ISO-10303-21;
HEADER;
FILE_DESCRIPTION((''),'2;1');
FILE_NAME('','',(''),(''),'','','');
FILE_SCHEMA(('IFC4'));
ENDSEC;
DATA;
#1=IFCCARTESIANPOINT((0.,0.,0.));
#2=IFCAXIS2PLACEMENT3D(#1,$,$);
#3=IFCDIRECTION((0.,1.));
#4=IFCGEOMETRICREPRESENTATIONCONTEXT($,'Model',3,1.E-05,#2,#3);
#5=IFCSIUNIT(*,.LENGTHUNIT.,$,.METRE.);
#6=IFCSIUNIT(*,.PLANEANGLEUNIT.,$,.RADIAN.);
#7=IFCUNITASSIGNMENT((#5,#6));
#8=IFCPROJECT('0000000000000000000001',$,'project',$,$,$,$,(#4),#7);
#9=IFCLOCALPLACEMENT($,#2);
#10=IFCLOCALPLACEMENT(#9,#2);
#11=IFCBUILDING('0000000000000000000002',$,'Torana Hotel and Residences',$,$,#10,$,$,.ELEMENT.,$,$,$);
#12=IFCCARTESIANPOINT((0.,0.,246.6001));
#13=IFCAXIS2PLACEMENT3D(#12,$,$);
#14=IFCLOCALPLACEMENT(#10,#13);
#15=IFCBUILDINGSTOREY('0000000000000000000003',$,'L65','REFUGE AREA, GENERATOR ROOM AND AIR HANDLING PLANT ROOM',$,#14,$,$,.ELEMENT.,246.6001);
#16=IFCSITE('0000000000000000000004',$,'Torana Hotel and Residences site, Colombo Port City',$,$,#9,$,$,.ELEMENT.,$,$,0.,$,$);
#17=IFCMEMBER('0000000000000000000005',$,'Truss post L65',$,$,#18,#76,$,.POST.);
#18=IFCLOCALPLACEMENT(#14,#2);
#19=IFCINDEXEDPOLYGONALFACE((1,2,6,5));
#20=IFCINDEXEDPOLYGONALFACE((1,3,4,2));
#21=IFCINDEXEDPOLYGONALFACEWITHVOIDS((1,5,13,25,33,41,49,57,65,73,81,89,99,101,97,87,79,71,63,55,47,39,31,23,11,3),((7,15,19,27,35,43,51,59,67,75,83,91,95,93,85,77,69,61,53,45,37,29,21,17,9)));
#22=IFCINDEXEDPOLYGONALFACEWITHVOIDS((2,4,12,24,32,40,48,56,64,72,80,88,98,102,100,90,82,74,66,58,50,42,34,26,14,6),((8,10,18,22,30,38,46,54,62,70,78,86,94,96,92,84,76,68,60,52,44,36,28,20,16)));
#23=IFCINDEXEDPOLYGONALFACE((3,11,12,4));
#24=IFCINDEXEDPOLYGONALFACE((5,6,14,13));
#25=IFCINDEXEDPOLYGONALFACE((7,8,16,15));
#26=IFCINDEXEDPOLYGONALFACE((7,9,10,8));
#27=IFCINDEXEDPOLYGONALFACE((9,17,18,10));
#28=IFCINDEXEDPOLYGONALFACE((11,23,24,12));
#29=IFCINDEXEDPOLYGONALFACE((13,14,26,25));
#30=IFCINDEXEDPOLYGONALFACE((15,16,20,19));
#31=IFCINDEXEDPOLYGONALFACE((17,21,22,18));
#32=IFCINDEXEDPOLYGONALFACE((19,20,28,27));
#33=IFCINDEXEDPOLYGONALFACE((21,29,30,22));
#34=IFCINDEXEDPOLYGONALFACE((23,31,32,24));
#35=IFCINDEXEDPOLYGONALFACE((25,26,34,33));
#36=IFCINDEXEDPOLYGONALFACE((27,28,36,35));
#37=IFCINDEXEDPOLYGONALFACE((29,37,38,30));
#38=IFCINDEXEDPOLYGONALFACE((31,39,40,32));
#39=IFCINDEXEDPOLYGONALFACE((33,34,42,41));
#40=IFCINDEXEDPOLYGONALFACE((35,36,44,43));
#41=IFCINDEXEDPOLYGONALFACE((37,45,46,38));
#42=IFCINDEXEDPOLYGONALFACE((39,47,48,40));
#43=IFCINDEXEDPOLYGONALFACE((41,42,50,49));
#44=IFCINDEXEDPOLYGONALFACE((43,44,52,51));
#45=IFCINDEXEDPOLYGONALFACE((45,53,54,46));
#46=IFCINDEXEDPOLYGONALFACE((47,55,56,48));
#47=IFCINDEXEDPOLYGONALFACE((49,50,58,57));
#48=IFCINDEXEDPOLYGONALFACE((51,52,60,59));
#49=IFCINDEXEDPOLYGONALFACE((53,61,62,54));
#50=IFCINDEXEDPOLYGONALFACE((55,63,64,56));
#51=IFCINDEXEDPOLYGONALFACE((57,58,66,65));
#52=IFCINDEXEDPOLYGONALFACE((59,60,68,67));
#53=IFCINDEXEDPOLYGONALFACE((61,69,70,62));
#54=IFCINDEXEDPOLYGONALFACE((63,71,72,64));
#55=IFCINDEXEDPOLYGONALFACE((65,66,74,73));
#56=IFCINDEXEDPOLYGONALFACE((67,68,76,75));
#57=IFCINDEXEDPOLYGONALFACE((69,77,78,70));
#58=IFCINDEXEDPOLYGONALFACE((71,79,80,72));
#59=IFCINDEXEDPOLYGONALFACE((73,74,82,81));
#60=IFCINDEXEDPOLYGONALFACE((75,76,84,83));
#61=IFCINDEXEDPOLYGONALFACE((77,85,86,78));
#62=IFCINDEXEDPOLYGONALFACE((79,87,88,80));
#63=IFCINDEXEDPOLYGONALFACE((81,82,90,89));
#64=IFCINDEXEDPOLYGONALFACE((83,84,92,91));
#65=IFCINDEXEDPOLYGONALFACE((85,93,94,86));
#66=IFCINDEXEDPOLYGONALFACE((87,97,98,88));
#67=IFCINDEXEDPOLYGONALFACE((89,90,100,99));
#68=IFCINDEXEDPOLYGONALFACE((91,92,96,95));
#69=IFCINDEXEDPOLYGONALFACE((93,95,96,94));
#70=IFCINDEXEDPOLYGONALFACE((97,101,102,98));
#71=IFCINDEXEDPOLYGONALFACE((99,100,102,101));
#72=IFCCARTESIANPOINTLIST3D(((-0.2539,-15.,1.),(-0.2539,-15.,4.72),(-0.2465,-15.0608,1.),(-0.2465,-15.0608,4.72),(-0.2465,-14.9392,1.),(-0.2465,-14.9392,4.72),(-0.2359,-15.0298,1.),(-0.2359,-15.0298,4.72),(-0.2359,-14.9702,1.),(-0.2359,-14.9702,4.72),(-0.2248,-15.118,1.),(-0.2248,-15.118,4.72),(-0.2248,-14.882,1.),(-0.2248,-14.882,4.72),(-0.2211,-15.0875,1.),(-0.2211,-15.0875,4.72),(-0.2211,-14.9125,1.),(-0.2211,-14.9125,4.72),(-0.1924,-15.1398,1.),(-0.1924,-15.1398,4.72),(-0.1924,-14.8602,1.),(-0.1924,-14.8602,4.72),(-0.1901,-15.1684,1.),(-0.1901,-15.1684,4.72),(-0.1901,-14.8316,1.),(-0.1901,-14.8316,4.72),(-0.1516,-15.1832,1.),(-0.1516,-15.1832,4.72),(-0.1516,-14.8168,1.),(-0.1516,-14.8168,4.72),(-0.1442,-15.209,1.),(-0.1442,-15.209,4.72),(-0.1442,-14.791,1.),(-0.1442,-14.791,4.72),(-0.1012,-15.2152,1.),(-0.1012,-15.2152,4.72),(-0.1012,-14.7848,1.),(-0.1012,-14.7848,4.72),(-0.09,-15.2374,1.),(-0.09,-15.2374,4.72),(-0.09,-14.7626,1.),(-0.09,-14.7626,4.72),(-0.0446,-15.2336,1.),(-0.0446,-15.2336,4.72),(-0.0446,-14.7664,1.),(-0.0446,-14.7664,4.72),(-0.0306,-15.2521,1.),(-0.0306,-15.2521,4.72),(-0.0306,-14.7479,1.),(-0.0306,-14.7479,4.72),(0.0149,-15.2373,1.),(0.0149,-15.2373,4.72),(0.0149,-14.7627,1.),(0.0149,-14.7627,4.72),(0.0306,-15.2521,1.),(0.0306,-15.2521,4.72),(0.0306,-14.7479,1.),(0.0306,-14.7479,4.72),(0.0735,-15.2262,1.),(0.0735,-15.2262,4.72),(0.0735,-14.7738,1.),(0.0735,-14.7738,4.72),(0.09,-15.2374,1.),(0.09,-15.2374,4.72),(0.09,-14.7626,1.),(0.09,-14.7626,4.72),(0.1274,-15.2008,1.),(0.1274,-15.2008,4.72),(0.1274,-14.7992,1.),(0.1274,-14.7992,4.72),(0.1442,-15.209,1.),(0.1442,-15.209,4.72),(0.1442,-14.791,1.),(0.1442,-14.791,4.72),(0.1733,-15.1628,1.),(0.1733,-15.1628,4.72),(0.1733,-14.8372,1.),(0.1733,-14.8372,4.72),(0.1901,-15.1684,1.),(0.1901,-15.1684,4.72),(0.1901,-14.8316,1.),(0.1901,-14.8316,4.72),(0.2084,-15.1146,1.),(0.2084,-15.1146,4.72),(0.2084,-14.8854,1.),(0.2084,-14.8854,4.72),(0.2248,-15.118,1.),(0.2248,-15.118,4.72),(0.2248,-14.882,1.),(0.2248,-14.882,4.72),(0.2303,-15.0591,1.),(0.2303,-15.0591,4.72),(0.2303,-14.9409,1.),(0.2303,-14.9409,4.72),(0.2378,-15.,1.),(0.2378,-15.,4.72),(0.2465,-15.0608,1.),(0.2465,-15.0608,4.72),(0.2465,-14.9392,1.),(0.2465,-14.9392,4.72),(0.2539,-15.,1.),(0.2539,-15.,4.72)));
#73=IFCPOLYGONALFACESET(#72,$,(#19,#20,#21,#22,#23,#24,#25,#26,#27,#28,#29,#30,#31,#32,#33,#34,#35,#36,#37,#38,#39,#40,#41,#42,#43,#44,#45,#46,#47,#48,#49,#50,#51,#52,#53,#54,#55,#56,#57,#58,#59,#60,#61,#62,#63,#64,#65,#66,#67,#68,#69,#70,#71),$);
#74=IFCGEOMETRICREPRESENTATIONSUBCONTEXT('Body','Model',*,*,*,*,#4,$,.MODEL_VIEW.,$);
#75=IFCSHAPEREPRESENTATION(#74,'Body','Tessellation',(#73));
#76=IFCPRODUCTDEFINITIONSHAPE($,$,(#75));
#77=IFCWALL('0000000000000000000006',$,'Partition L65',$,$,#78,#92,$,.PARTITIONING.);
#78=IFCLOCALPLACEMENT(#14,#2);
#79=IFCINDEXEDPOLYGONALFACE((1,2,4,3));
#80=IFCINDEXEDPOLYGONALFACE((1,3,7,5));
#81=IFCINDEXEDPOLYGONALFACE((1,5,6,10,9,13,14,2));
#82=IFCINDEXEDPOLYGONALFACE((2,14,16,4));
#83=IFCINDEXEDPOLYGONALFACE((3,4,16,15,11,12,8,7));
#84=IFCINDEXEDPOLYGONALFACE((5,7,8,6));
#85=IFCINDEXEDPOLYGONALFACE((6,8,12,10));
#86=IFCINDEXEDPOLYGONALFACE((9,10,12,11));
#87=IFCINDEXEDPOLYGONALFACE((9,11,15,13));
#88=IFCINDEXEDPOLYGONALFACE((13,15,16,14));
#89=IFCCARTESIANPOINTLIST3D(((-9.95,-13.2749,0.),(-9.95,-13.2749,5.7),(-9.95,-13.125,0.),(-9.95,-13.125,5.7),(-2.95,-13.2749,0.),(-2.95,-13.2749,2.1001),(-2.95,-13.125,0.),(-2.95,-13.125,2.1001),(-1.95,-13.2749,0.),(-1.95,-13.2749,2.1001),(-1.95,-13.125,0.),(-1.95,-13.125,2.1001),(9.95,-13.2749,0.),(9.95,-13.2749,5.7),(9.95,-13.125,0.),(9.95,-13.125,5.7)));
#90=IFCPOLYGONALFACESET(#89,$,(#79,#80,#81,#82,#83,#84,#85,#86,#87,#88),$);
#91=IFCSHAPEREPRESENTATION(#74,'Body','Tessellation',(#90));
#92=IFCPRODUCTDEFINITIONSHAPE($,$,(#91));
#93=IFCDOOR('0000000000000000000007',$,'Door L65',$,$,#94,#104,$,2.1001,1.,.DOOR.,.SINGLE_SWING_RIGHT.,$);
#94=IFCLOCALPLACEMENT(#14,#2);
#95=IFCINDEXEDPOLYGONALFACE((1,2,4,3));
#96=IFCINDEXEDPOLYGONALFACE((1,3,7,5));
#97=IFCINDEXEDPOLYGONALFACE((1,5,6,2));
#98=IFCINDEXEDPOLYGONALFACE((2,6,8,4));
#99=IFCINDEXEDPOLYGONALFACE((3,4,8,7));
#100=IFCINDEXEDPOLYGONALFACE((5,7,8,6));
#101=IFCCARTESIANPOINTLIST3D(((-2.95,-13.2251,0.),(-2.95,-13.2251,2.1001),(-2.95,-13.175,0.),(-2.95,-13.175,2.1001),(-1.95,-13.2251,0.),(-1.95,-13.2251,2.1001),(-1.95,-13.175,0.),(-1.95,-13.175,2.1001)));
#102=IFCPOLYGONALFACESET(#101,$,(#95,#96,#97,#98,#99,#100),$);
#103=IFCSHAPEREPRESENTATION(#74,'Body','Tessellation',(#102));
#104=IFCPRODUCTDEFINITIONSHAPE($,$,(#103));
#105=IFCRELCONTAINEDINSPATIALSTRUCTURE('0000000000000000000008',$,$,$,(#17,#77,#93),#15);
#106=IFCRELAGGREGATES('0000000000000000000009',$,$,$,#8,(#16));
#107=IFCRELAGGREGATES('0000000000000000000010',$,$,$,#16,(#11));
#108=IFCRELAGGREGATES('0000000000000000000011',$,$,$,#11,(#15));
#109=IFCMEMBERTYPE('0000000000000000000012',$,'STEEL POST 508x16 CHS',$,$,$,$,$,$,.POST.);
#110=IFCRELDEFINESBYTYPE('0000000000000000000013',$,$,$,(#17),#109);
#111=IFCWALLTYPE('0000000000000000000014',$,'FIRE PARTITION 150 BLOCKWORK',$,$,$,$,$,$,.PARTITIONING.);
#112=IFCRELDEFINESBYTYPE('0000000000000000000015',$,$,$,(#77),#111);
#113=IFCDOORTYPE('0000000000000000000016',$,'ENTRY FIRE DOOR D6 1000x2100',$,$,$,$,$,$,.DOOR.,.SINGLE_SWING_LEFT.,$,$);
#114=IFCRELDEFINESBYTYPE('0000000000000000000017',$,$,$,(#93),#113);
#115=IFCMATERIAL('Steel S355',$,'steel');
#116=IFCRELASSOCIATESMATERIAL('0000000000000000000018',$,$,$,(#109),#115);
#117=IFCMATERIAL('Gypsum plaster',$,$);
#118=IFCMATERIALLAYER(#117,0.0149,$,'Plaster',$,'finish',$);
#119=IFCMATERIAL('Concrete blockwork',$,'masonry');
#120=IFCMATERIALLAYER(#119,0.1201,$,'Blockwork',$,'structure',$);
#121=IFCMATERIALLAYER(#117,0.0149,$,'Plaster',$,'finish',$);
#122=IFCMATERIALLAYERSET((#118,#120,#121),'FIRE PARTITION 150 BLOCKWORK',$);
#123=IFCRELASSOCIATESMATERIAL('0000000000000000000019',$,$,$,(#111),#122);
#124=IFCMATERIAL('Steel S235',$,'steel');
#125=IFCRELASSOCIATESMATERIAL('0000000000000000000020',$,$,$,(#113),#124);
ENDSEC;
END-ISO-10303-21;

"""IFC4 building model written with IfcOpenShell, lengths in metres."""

from ifc_helpers import new_model, si_unit, direction, frame, frame_2d, origin, origin_2d, place, context, subcontext, project, spatial, rectangle, hollow_circle, extrude, material, layer, layer_set, material_profile, profile_set, type_object, element, fill, save


model = new_model("IFC4")

# Units and contexts
model_context = context("Model", 3, precision=1e-05, world=origin(), true_north=direction((0.0, 1.0)))
body_context = subcontext(model_context, "Body", "Model", "MODEL_VIEW")
ifc_project = project(units=[si_unit("LENGTHUNIT", "METRE"), si_unit("PLANEANGLEUNIT", "RADIAN")], contexts=[model_context])

# Site, building, storey
site_placement = place(None, origin())
site = spatial("IfcSite", under=ifc_project, at=site_placement, Name="Torana Hotel and Residences site, Colombo Port City", CompositionType="ELEMENT", RefElevation=0.0)
building_placement = place(site_placement, origin())
building = spatial("IfcBuilding", under=site, at=building_placement, Name="Torana Hotel and Residences", CompositionType="ELEMENT")
storey_placement = place(building_placement, frame((0.0, 0.0, 246.6001)))
storey = spatial("IfcBuildingStorey", under=building, at=storey_placement, Name="L65", Description="REFUGE AREA, GENERATOR ROOM AND AIR HANDLING PLANT ROOM", CompositionType="ELEMENT", Elevation=246.6001)

# Member
ifc_material_1 = material(Name="Steel S355", Category="steel")
ifc_material_profile_1 = material_profile(ifc_material_1, hollow_circle(Radius=0.2539, WallThickness=0.0161, at=origin_2d()), Name="508x16 CHS")
ifc_profile_set_1 = profile_set([ifc_material_profile_1], Name="Steel S355")
member_type_1 = type_object("IfcMemberType", Name="STEEL POST 508x16 CHS", PredefinedType="POST", material=ifc_profile_set_1)
for number, where, z_axis, x_axis, name in (
    (1, (0.0, -15.0, 1.0), (0.0, 0.0, 1.0), (1.0, 0.0, 0.0), "Truss post L65"),
):
    element("IfcMember", number, at=place(storey_placement, frame(where, z_axis=z_axis, x_axis=x_axis)), inside=storey, type_object=member_type_1, Name=name, PredefinedType="POST", context=body_context, shape_type="SweptSolid", body=[
        extrude(hollow_circle(Radius=0.2539, WallThickness=0.0161, at=origin_2d()), origin(), (0.0, 0.0, 1.0), 3.72),
    ])

# Wall, opening, door
ifc_material_2 = material(Name="Gypsum plaster")
ifc_layer_1 = layer(ifc_material_2, 0.0149, Name="Plaster", Category="finish")
ifc_material_3 = material(Name="Concrete blockwork", Category="masonry")
ifc_layer_2 = layer(ifc_material_3, 0.1201, Name="Blockwork", Category="structure")
ifc_layer_3 = layer(ifc_material_2, 0.0149, Name="Plaster", Category="finish")
ifc_layer_set_1 = layer_set([ifc_layer_1, ifc_layer_2, ifc_layer_3], Name="FIRE PARTITION 150 BLOCKWORK")
wall_type_1 = type_object("IfcWallType", Name="FIRE PARTITION 150 BLOCKWORK", PredefinedType="PARTITIONING", material=ifc_layer_set_1)
wall_1_placement = place(storey_placement, frame((-9.95, -13.2, 0.0), z_axis=(0.0, 0.0, 1.0), x_axis=(1.0, 0.0, 0.0)))
wall_1 = element("IfcWall", 2, at=wall_1_placement, inside=storey, type_object=wall_type_1, Name="Partition L65", PredefinedType="PARTITIONING", context=body_context, shape_type="SweptSolid", body=[
    extrude(rectangle(XDim=19.8999, YDim=0.1499, at=frame_2d((9.95, 0.0))), origin(), (0.0, 0.0, 1.0), 5.7),
])
opening_1_placement = place(wall_1_placement, frame((7.0, 0.0, 0.0)))
opening_1 = element("IfcOpeningElement", 3, at=opening_1_placement, cuts=wall_1, PredefinedType="OPENING", context=body_context, shape_type="SweptSolid", body=[
    extrude(rectangle(XDim=1.0, YDim=2.1001, at=frame_2d((0.5, 1.05))), frame((0.0, 0.085, 0.0), z_axis=(0.0, -1.0, 0.0), x_axis=(1.0, 0.0, 0.0)), (0.0, 0.0, 1.0), 0.1699),
])
ifc_material_4 = material(Name="Steel S235", Category="steel")
door_type_1 = type_object("IfcDoorType", Name="ENTRY FIRE DOOR D6 1000x2100", OperationType="SINGLE_SWING_LEFT", PredefinedType="DOOR", material=ifc_material_4)
door_1_placement = place(opening_1_placement, origin())
door_1 = element("IfcDoor", 4, at=door_1_placement, inside=storey, type_object=door_type_1, Name="Door L65", OperationType="SINGLE_SWING_RIGHT", OverallHeight=2.1001, OverallWidth=1.0, PredefinedType="DOOR", context=body_context, shape_type="SweptSolid", body=[
    extrude(rectangle(XDim=1.0, YDim=2.1001, at=frame_2d((0.5, 1.05))), frame((0.0, 0.0249, 0.0), z_axis=(0.0, -1.0, 0.0), x_axis=(1.0, 0.0, 0.0)), (0.0, 0.0, 1.0), 0.05),
])
fill(opening_1, door_1)

save(model, "model.ifc")
